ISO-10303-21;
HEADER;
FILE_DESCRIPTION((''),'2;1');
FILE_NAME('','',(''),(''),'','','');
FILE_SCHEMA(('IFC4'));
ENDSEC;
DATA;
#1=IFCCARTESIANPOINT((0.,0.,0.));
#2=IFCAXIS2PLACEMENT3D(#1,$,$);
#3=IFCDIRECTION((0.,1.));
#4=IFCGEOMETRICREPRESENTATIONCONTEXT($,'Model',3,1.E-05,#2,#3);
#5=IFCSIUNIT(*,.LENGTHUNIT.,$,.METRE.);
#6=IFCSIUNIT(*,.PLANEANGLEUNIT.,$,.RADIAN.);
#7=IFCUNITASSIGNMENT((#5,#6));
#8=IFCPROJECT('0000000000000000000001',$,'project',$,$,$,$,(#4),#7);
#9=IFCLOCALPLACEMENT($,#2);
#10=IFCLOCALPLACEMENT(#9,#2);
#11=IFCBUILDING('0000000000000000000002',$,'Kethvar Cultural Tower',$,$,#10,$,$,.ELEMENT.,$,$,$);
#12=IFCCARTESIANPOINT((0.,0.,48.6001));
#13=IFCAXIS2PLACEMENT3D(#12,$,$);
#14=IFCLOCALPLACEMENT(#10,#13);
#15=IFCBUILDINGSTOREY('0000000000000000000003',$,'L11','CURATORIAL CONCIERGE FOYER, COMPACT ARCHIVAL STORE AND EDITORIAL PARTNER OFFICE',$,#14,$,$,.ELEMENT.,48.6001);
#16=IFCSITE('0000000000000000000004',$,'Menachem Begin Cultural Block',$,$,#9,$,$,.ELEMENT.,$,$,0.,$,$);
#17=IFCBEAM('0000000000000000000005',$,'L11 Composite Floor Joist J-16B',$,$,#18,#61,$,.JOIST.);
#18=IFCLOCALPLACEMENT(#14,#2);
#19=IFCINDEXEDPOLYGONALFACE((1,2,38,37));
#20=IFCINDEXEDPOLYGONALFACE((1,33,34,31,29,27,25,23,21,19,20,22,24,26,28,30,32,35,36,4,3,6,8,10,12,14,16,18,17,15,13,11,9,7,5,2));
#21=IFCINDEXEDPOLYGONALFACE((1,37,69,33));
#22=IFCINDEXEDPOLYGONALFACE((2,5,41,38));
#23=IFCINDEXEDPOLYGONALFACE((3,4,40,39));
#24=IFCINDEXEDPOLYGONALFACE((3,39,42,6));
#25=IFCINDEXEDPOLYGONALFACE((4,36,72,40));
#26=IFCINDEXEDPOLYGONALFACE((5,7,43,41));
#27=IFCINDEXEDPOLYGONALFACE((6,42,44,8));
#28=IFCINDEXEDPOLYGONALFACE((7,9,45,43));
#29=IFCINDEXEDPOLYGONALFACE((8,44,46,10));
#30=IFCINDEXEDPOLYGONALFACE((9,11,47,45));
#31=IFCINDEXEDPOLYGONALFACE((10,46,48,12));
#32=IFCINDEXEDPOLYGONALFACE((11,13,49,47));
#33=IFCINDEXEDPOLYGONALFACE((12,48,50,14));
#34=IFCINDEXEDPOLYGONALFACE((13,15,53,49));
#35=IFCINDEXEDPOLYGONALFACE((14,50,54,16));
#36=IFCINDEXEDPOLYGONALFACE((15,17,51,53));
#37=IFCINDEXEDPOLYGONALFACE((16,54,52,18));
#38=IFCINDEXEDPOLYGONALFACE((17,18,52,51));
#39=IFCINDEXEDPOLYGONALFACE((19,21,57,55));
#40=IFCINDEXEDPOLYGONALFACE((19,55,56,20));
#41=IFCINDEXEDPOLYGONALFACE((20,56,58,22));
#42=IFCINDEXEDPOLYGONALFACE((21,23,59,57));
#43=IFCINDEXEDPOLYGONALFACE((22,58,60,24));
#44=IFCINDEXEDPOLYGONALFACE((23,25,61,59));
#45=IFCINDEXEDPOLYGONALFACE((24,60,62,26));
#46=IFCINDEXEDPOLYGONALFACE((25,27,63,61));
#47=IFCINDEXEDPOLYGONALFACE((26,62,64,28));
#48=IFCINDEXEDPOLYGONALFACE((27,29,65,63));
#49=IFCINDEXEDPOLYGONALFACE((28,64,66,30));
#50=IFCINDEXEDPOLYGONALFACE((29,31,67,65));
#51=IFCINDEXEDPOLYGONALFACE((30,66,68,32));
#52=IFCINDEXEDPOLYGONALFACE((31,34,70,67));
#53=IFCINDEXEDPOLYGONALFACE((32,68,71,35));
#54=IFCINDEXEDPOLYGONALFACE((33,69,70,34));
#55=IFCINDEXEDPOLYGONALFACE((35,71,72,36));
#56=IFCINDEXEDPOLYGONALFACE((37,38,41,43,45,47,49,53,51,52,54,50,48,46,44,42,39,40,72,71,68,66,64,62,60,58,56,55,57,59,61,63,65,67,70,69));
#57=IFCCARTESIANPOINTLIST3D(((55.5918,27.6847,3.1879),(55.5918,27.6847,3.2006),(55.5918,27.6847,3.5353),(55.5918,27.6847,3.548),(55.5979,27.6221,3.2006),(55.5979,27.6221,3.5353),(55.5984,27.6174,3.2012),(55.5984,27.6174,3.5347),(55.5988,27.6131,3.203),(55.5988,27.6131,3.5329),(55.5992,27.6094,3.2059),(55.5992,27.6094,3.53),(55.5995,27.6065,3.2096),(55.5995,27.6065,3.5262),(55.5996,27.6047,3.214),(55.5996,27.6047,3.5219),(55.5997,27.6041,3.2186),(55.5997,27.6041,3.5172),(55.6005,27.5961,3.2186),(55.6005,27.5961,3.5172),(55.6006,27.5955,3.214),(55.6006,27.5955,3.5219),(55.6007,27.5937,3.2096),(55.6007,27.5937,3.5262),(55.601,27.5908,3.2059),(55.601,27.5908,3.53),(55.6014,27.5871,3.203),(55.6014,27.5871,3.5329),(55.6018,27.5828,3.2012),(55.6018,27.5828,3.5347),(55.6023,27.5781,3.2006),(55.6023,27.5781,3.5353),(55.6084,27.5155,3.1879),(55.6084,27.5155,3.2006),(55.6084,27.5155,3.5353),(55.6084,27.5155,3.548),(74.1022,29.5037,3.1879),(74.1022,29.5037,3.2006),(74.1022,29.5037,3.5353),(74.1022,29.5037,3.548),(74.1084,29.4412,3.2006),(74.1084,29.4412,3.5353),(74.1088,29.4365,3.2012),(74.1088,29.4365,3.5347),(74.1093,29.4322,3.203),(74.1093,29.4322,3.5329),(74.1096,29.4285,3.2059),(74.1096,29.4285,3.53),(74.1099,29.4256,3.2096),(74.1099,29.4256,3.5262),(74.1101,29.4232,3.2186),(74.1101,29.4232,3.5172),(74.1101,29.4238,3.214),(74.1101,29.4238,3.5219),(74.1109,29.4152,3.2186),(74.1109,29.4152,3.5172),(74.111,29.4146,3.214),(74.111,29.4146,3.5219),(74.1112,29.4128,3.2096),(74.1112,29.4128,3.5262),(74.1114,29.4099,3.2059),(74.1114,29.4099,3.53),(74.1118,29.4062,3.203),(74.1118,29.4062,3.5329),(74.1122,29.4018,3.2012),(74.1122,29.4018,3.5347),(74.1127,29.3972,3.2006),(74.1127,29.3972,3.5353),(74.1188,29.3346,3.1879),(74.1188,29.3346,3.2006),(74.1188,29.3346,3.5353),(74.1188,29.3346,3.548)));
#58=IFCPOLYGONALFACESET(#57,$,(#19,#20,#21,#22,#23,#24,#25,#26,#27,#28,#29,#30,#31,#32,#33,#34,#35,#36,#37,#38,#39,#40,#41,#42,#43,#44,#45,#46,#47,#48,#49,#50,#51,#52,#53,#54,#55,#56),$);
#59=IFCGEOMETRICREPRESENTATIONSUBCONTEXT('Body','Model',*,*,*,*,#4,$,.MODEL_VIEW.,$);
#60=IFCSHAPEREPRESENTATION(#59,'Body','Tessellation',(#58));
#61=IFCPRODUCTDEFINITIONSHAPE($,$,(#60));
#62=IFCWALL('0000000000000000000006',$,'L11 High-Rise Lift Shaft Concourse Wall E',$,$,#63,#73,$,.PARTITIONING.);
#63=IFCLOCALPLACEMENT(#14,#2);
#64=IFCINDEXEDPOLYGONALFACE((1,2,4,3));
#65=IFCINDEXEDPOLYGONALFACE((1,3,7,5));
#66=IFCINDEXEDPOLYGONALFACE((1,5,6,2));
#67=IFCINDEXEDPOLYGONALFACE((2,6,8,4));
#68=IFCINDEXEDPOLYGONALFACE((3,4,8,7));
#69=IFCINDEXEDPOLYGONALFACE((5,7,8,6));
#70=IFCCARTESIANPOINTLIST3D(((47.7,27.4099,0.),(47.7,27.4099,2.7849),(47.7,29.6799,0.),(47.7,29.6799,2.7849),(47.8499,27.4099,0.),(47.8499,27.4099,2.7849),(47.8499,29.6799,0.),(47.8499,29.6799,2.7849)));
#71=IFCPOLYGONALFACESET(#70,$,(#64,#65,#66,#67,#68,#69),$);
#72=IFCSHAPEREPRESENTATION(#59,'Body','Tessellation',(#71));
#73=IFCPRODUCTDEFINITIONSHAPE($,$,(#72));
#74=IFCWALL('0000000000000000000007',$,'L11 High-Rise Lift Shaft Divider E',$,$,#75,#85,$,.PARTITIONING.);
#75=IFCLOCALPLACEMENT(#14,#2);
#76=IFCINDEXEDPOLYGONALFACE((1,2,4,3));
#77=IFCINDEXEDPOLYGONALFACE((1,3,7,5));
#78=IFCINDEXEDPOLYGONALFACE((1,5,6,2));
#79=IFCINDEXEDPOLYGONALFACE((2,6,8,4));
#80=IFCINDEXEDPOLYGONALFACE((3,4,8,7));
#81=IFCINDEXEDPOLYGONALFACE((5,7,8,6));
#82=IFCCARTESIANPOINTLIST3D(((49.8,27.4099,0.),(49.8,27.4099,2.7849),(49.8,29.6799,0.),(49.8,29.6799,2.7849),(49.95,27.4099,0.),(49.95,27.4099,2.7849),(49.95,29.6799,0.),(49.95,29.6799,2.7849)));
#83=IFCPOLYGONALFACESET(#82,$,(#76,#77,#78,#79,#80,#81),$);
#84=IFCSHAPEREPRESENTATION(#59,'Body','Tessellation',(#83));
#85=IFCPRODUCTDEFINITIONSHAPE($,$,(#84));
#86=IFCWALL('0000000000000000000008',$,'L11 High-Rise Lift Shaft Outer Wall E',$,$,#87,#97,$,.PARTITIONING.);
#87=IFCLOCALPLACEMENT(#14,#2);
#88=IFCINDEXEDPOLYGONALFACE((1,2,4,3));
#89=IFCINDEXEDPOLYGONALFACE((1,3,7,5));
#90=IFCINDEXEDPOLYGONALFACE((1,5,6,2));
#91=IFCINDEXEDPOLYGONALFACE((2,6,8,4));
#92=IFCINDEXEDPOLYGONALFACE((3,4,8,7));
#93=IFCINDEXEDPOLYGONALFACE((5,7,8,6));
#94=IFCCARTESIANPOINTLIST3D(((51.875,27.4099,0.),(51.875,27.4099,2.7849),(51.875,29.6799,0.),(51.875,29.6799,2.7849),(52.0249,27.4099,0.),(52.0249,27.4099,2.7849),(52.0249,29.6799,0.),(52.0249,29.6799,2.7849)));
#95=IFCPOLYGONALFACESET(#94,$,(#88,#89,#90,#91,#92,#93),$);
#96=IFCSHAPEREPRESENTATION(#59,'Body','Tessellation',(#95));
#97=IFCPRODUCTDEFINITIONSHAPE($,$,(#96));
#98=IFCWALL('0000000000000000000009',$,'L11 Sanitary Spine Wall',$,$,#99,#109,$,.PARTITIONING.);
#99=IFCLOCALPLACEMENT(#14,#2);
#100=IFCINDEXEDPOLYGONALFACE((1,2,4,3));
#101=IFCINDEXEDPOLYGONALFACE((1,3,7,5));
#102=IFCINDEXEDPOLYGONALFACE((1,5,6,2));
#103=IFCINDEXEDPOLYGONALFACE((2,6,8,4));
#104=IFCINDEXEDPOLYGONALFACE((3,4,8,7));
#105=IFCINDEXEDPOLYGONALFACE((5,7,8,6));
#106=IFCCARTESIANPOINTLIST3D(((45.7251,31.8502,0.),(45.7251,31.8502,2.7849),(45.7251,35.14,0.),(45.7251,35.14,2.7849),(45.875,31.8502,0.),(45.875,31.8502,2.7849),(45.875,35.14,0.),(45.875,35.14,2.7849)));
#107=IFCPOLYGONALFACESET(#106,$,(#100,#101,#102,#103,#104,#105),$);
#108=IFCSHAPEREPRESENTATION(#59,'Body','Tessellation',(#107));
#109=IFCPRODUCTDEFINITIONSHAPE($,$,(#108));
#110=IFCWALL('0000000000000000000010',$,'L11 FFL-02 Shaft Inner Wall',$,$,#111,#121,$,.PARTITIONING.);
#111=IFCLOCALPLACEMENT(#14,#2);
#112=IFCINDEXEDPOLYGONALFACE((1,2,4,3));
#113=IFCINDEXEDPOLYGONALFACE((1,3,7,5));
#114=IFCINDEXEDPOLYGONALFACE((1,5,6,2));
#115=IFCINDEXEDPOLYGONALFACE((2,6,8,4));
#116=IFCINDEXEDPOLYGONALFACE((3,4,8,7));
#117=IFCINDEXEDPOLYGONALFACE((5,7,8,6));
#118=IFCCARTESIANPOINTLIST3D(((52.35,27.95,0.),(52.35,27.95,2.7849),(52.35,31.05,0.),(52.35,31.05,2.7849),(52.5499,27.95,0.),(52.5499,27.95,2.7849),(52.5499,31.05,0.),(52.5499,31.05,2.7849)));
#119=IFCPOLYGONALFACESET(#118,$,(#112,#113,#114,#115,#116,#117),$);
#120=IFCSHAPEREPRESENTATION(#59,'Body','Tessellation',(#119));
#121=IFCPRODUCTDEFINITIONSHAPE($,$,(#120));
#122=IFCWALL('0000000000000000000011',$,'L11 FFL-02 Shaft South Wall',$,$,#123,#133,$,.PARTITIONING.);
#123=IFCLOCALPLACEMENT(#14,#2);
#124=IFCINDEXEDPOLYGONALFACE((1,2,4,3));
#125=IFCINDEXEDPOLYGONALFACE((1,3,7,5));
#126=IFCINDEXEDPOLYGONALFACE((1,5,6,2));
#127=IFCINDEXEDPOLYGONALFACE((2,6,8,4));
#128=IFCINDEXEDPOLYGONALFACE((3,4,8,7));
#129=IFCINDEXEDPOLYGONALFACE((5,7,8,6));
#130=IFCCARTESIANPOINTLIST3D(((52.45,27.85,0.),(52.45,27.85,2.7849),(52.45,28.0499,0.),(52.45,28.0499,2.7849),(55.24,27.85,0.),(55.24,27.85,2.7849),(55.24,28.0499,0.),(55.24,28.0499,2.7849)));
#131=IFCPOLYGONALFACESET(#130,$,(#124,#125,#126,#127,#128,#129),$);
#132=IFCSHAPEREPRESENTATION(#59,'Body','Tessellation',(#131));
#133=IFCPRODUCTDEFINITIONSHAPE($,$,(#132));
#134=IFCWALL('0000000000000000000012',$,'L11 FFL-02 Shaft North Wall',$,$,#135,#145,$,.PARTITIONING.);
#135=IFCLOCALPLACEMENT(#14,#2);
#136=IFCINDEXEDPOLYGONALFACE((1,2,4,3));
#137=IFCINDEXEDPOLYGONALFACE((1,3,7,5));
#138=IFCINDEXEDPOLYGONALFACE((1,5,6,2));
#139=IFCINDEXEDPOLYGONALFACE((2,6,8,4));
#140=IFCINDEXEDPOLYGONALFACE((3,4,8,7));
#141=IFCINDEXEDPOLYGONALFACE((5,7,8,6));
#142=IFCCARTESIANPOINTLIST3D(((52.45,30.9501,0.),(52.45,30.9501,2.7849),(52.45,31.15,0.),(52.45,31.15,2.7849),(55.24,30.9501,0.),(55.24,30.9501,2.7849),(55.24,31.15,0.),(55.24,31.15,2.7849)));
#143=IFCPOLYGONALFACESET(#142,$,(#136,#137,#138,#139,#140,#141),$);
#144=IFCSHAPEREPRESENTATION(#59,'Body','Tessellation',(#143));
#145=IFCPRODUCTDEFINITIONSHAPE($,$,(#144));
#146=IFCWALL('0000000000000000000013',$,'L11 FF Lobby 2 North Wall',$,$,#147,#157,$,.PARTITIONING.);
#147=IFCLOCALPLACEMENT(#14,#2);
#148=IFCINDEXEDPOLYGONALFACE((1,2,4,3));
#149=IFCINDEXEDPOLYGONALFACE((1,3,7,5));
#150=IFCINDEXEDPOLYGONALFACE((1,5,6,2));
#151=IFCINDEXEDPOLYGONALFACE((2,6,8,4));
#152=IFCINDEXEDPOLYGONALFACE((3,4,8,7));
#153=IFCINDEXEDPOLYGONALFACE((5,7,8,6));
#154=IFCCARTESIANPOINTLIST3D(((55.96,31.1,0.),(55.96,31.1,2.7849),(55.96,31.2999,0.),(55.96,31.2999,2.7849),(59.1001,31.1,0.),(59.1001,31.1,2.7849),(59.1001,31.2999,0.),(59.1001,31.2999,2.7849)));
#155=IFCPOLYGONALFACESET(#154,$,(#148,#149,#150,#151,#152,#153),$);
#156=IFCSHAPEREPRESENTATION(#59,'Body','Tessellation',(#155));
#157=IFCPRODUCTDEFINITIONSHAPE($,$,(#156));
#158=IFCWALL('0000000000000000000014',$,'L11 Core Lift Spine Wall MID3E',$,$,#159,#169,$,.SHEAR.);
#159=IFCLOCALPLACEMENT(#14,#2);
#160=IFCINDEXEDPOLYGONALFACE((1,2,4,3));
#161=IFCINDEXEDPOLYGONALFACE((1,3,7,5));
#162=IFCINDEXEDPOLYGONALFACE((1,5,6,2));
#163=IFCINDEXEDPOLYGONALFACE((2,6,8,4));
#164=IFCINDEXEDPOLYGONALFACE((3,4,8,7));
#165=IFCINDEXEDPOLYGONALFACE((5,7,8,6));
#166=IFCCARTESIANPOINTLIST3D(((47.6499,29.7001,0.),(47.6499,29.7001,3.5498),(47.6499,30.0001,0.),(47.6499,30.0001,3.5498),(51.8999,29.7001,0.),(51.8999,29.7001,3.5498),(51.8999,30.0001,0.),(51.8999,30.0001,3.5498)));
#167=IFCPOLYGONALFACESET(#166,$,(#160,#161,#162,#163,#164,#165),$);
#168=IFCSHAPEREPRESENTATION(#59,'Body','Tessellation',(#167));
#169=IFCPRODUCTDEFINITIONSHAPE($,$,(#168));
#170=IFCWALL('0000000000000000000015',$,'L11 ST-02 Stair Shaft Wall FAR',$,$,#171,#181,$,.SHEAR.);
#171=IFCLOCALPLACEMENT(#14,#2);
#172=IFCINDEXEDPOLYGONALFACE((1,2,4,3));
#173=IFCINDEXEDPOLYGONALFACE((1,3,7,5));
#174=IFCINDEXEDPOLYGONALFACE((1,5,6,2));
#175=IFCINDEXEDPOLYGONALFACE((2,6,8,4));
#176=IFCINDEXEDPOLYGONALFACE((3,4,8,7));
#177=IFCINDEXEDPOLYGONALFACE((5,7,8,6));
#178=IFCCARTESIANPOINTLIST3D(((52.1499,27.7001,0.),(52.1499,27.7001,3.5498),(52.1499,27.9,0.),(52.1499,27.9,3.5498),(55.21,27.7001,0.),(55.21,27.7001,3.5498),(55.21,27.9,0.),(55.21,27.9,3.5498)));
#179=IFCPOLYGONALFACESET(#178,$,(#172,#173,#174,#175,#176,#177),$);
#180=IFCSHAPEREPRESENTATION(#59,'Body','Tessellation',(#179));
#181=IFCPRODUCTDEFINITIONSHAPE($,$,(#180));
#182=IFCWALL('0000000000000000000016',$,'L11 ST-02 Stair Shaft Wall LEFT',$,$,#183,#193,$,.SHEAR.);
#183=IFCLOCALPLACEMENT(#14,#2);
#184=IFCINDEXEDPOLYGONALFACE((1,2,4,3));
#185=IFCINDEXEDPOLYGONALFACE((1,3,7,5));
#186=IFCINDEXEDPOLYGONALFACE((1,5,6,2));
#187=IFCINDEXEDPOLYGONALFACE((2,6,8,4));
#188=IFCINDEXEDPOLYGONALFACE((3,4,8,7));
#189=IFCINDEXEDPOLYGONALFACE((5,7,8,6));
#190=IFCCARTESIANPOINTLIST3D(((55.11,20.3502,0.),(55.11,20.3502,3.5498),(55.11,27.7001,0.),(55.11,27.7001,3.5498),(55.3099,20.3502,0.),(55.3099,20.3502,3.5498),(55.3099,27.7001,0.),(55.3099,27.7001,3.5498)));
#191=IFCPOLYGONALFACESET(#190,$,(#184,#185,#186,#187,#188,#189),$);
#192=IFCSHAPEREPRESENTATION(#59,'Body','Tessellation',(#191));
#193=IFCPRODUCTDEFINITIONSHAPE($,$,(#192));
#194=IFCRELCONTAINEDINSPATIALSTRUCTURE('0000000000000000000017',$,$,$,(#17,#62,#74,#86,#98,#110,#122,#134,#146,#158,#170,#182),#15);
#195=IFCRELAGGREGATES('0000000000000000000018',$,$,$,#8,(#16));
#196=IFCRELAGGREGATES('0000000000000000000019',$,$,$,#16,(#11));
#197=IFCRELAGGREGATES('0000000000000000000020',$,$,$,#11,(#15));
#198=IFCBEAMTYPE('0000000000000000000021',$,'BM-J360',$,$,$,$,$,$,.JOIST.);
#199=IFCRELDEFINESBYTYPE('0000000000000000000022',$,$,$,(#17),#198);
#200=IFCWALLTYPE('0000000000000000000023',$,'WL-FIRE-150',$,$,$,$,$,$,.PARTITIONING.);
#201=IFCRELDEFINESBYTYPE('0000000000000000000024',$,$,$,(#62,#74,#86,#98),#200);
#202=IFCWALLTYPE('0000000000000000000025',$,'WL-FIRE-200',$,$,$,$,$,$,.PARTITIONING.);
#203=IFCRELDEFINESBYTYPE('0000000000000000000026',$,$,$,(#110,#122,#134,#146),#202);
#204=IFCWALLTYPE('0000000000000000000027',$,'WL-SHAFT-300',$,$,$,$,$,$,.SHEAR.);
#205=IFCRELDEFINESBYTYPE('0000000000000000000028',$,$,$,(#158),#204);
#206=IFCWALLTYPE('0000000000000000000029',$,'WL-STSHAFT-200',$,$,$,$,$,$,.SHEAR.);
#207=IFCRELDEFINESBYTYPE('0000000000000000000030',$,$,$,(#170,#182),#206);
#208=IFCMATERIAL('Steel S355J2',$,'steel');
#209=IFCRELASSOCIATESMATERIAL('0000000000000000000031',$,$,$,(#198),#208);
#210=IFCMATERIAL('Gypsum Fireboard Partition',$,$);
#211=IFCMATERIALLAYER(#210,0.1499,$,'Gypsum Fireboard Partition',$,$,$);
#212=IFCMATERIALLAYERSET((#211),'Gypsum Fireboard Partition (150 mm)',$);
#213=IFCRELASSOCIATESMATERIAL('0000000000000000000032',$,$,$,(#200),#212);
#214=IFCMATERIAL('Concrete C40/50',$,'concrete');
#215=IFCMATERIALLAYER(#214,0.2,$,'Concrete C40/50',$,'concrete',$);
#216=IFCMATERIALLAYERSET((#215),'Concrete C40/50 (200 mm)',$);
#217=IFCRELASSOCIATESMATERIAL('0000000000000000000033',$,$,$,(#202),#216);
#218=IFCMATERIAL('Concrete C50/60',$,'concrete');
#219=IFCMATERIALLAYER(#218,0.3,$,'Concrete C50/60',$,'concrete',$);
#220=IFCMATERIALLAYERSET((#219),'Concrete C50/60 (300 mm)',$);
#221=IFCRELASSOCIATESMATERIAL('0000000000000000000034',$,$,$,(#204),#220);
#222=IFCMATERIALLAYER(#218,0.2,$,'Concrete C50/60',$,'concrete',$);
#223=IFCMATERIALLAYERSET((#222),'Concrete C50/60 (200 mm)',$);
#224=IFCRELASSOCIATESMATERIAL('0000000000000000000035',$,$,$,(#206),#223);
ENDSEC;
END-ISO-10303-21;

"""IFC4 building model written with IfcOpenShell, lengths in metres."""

from ifc_helpers import new_model, si_unit, direction, frame, frame_2d, origin, origin_2d, place, context, subcontext, project, spatial, rectangle, i_section, extrude, source, transform, mapped, material, layer, layer_set, material_profile, profile_set, type_object, element, save


model = new_model("IFC4")

# Units and contexts
model_context = context("Model", 3, precision=1e-05, world=origin(), true_north=direction((0.0, 1.0)))
body_context = subcontext(model_context, "Body", "Model", "MODEL_VIEW")
ifc_project = project(units=[si_unit("LENGTHUNIT", "METRE"), si_unit("PLANEANGLEUNIT", "RADIAN")], contexts=[model_context])

# Site, building, storey
site_placement = place(None, origin())
site = spatial("IfcSite", under=ifc_project, at=site_placement, Name="Menachem Begin Cultural Block", CompositionType="ELEMENT", RefElevation=0.0)
building_placement = place(site_placement, origin())
building = spatial("IfcBuilding", under=site, at=building_placement, Name="Kethvar Cultural Tower", CompositionType="ELEMENT")
storey_placement = place(building_placement, frame((0.0, 0.0, 48.6001)))
storey = spatial("IfcBuildingStorey", under=building, at=storey_placement, Name="L11", Description="CURATORIAL CONCIERGE FOYER, COMPACT ARCHIVAL STORE AND EDITORIAL PARTNER OFFICE", CompositionType="ELEMENT", Elevation=48.6001)

# Beam
ifc_material_1 = material(Name="Steel S355J2", Category="steel")
ifc_material_profile_1 = material_profile(ifc_material_1, i_section(OverallWidth=0.1699, OverallDepth=0.3601, WebThickness=0.0081, FlangeThickness=0.0127, FilletRadius=0.0181, at=origin_2d()), Name="Steel S355J2 — IPE360")
ifc_profile_set_1 = profile_set([ifc_material_profile_1], Name="Steel S355J2 — IPE360")
beam_type_1 = type_object("IfcBeamType", Name="BM-J360", PredefinedType="JOIST", material=ifc_profile_set_1)
shared_shape_1 = source(origin(), body_context, "Body", "SweptSolid", [
    extrude(i_section(OverallWidth=0.1699, OverallDepth=0.3601, WebThickness=0.0081, FlangeThickness=0.0127, FilletRadius=0.0181, at=origin_2d()), origin(), (0.0, 0.0, 1.0), 18.5996),
])
beam_1_placement = place(storey_placement, frame((55.6001, 27.6001, 3.3679), z_axis=(0.995206, 0.097802, 0.0), x_axis=(-0.097802, 0.995206, 0.0)))
element("IfcBeam", 1, at=beam_1_placement, inside=storey, type_object=beam_type_1, Name="L11 Composite Floor Joist J-16B", PredefinedType="JOIST", context=body_context, shape_type="MappedRepresentation", body=[
    mapped(shared_shape_1, transform((0.0, 0.0, 0.0), scale=1.0)),
])

# Walls
ifc_material_2 = material(Name="Gypsum Fireboard Partition")
ifc_layer_1 = layer(ifc_material_2, 0.1499, Name="Gypsum Fireboard Partition")
ifc_layer_set_1 = layer_set([ifc_layer_1], Name="Gypsum Fireboard Partition (150 mm)")
wall_type_1 = type_object("IfcWallType", Name="WL-FIRE-150", PredefinedType="PARTITIONING", material=ifc_layer_set_1)
for number, where, z_axis, x_axis, name in (
    (2, (47.7749, 27.4099, 0.0), (0.0, 0.0, 1.0), (0.0, 1.0, 0.0), "L11 High-Rise Lift Shaft Concourse Wall E"),
    (3, (49.875, 27.4099, 0.0), (0.0, 0.0, 1.0), (0.0, 1.0, 0.0), "L11 High-Rise Lift Shaft Divider E"),
    (4, (51.95, 27.4099, 0.0), (0.0, 0.0, 1.0), (0.0, 1.0, 0.0), "L11 High-Rise Lift Shaft Outer Wall E"),
):
    element("IfcWall", number, at=place(storey_placement, frame(where, z_axis=z_axis, x_axis=x_axis)), inside=storey, type_object=wall_type_1, Name=name, PredefinedType="PARTITIONING", context=body_context, shape_type="SweptSolid", body=[
        extrude(rectangle(XDim=2.27, YDim=0.1499, at=frame_2d((1.135, 0.0))), origin(), (0.0, 0.0, 1.0), 2.7849),
    ])
wall_1_placement = place(storey_placement, frame((45.8, 31.8501, 0.0), z_axis=(0.0, 0.0, 1.0), x_axis=(0.0, 1.0, 0.0)))
element("IfcWall", 5, at=wall_1_placement, inside=storey, type_object=wall_type_1, Name="L11 Sanitary Spine Wall", PredefinedType="PARTITIONING", context=body_context, shape_type="SweptSolid", body=[
    extrude(rectangle(XDim=3.2898, YDim=0.1499, at=frame_2d((1.645, 0.0))), origin(), (0.0, 0.0, 1.0), 2.7849),
])
ifc_material_3 = material(Name="Concrete C40/50", Category="concrete")
ifc_layer_2 = layer(ifc_material_3, 0.2, Name="Concrete C40/50", Category="concrete")
ifc_layer_set_2 = layer_set([ifc_layer_2], Name="Concrete C40/50 (200 mm)")
wall_type_2 = type_object("IfcWallType", Name="WL-FIRE-200", PredefinedType="PARTITIONING", material=ifc_layer_set_2)
wall_2_placement = place(storey_placement, frame((52.45, 27.95, 0.0), z_axis=(0.0, 0.0, 1.0), x_axis=(0.0, 1.0, 0.0)))
element("IfcWall", 6, at=wall_2_placement, inside=storey, type_object=wall_type_2, Name="L11 FFL-02 Shaft Inner Wall", PredefinedType="PARTITIONING", context=body_context, shape_type="SweptSolid", body=[
    extrude(rectangle(XDim=3.1001, YDim=0.2, at=frame_2d((1.55, 0.0))), origin(), (0.0, 0.0, 1.0), 2.7849),
])
for number, where, z_axis, x_axis, name in (
    (7, (52.45, 27.95, 0.0), (0.0, 0.0, 1.0), (1.0, 0.0, 0.0), "L11 FFL-02 Shaft South Wall"),
    (8, (52.45, 31.05, 0.0), (0.0, 0.0, 1.0), (1.0, 0.0, 0.0), "L11 FFL-02 Shaft North Wall"),
):
    element("IfcWall", number, at=place(storey_placement, frame(where, z_axis=z_axis, x_axis=x_axis)), inside=storey, type_object=wall_type_2, Name=name, PredefinedType="PARTITIONING", context=body_context, shape_type="SweptSolid", body=[
        extrude(rectangle(XDim=2.79, YDim=0.2, at=frame_2d((1.395, 0.0))), origin(), (0.0, 0.0, 1.0), 2.7849),
    ])
wall_3_placement = place(storey_placement, frame((55.96, 31.2, 0.0), z_axis=(0.0, 0.0, 1.0), x_axis=(1.0, 0.0, 0.0)))
element("IfcWall", 9, at=wall_3_placement, inside=storey, type_object=wall_type_2, Name="L11 FF Lobby 2 North Wall", PredefinedType="PARTITIONING", context=body_context, shape_type="SweptSolid", body=[
    extrude(rectangle(XDim=3.1401, YDim=0.2, at=frame_2d((1.5701, 0.0))), origin(), (0.0, 0.0, 1.0), 2.7849),
])
ifc_material_4 = material(Name="Concrete C50/60", Category="concrete")
ifc_layer_3 = layer(ifc_material_4, 0.3, Name="Concrete C50/60", Category="concrete")
ifc_layer_set_3 = layer_set([ifc_layer_3], Name="Concrete C50/60 (300 mm)")
wall_type_3 = type_object("IfcWallType", Name="WL-SHAFT-300", PredefinedType="SHEAR", material=ifc_layer_set_3)
wall_4_placement = place(storey_placement, frame((47.6499, 29.8501, 0.0), z_axis=(0.0, 0.0, 1.0), x_axis=(1.0, 0.0, 0.0)))
element("IfcWall", 10, at=wall_4_placement, inside=storey, type_object=wall_type_3, Name="L11 Core Lift Spine Wall MID3E", PredefinedType="SHEAR", context=body_context, shape_type="SweptSolid", body=[
    extrude(rectangle(XDim=4.25, YDim=0.3, at=frame_2d((2.125, 0.0))), origin(), (0.0, 0.0, 1.0), 3.5498),
])
ifc_layer_4 = layer(ifc_material_4, 0.2, Name="Concrete C50/60", Category="concrete")
ifc_layer_set_4 = layer_set([ifc_layer_4], Name="Concrete C50/60 (200 mm)")
wall_type_4 = type_object("IfcWallType", Name="WL-STSHAFT-200", PredefinedType="SHEAR", material=ifc_layer_set_4)
wall_5_placement = place(storey_placement, frame((52.1499, 27.8, 0.0), z_axis=(0.0, 0.0, 1.0), x_axis=(1.0, 0.0, 0.0)))
element("IfcWall", 11, at=wall_5_placement, inside=storey, type_object=wall_type_4, Name="L11 ST-02 Stair Shaft Wall FAR", PredefinedType="SHEAR", context=body_context, shape_type="SweptSolid", body=[
    extrude(rectangle(XDim=3.0601, YDim=0.2, at=frame_2d((1.53, 0.0))), origin(), (0.0, 0.0, 1.0), 3.5498),
])
wall_6_placement = place(storey_placement, frame((55.21, 27.7, 0.0), z_axis=(0.0, 0.0, 1.0), x_axis=(0.0, -1.0, 0.0)))
element("IfcWall", 12, at=wall_6_placement, inside=storey, type_object=wall_type_4, Name="L11 ST-02 Stair Shaft Wall LEFT", PredefinedType="SHEAR", context=body_context, shape_type="SweptSolid", body=[
    extrude(rectangle(XDim=7.3499, YDim=0.2, at=frame_2d((3.6748, 0.0))), origin(), (0.0, 0.0, 1.0), 3.5498),
])

save(model, "model.ifc")
